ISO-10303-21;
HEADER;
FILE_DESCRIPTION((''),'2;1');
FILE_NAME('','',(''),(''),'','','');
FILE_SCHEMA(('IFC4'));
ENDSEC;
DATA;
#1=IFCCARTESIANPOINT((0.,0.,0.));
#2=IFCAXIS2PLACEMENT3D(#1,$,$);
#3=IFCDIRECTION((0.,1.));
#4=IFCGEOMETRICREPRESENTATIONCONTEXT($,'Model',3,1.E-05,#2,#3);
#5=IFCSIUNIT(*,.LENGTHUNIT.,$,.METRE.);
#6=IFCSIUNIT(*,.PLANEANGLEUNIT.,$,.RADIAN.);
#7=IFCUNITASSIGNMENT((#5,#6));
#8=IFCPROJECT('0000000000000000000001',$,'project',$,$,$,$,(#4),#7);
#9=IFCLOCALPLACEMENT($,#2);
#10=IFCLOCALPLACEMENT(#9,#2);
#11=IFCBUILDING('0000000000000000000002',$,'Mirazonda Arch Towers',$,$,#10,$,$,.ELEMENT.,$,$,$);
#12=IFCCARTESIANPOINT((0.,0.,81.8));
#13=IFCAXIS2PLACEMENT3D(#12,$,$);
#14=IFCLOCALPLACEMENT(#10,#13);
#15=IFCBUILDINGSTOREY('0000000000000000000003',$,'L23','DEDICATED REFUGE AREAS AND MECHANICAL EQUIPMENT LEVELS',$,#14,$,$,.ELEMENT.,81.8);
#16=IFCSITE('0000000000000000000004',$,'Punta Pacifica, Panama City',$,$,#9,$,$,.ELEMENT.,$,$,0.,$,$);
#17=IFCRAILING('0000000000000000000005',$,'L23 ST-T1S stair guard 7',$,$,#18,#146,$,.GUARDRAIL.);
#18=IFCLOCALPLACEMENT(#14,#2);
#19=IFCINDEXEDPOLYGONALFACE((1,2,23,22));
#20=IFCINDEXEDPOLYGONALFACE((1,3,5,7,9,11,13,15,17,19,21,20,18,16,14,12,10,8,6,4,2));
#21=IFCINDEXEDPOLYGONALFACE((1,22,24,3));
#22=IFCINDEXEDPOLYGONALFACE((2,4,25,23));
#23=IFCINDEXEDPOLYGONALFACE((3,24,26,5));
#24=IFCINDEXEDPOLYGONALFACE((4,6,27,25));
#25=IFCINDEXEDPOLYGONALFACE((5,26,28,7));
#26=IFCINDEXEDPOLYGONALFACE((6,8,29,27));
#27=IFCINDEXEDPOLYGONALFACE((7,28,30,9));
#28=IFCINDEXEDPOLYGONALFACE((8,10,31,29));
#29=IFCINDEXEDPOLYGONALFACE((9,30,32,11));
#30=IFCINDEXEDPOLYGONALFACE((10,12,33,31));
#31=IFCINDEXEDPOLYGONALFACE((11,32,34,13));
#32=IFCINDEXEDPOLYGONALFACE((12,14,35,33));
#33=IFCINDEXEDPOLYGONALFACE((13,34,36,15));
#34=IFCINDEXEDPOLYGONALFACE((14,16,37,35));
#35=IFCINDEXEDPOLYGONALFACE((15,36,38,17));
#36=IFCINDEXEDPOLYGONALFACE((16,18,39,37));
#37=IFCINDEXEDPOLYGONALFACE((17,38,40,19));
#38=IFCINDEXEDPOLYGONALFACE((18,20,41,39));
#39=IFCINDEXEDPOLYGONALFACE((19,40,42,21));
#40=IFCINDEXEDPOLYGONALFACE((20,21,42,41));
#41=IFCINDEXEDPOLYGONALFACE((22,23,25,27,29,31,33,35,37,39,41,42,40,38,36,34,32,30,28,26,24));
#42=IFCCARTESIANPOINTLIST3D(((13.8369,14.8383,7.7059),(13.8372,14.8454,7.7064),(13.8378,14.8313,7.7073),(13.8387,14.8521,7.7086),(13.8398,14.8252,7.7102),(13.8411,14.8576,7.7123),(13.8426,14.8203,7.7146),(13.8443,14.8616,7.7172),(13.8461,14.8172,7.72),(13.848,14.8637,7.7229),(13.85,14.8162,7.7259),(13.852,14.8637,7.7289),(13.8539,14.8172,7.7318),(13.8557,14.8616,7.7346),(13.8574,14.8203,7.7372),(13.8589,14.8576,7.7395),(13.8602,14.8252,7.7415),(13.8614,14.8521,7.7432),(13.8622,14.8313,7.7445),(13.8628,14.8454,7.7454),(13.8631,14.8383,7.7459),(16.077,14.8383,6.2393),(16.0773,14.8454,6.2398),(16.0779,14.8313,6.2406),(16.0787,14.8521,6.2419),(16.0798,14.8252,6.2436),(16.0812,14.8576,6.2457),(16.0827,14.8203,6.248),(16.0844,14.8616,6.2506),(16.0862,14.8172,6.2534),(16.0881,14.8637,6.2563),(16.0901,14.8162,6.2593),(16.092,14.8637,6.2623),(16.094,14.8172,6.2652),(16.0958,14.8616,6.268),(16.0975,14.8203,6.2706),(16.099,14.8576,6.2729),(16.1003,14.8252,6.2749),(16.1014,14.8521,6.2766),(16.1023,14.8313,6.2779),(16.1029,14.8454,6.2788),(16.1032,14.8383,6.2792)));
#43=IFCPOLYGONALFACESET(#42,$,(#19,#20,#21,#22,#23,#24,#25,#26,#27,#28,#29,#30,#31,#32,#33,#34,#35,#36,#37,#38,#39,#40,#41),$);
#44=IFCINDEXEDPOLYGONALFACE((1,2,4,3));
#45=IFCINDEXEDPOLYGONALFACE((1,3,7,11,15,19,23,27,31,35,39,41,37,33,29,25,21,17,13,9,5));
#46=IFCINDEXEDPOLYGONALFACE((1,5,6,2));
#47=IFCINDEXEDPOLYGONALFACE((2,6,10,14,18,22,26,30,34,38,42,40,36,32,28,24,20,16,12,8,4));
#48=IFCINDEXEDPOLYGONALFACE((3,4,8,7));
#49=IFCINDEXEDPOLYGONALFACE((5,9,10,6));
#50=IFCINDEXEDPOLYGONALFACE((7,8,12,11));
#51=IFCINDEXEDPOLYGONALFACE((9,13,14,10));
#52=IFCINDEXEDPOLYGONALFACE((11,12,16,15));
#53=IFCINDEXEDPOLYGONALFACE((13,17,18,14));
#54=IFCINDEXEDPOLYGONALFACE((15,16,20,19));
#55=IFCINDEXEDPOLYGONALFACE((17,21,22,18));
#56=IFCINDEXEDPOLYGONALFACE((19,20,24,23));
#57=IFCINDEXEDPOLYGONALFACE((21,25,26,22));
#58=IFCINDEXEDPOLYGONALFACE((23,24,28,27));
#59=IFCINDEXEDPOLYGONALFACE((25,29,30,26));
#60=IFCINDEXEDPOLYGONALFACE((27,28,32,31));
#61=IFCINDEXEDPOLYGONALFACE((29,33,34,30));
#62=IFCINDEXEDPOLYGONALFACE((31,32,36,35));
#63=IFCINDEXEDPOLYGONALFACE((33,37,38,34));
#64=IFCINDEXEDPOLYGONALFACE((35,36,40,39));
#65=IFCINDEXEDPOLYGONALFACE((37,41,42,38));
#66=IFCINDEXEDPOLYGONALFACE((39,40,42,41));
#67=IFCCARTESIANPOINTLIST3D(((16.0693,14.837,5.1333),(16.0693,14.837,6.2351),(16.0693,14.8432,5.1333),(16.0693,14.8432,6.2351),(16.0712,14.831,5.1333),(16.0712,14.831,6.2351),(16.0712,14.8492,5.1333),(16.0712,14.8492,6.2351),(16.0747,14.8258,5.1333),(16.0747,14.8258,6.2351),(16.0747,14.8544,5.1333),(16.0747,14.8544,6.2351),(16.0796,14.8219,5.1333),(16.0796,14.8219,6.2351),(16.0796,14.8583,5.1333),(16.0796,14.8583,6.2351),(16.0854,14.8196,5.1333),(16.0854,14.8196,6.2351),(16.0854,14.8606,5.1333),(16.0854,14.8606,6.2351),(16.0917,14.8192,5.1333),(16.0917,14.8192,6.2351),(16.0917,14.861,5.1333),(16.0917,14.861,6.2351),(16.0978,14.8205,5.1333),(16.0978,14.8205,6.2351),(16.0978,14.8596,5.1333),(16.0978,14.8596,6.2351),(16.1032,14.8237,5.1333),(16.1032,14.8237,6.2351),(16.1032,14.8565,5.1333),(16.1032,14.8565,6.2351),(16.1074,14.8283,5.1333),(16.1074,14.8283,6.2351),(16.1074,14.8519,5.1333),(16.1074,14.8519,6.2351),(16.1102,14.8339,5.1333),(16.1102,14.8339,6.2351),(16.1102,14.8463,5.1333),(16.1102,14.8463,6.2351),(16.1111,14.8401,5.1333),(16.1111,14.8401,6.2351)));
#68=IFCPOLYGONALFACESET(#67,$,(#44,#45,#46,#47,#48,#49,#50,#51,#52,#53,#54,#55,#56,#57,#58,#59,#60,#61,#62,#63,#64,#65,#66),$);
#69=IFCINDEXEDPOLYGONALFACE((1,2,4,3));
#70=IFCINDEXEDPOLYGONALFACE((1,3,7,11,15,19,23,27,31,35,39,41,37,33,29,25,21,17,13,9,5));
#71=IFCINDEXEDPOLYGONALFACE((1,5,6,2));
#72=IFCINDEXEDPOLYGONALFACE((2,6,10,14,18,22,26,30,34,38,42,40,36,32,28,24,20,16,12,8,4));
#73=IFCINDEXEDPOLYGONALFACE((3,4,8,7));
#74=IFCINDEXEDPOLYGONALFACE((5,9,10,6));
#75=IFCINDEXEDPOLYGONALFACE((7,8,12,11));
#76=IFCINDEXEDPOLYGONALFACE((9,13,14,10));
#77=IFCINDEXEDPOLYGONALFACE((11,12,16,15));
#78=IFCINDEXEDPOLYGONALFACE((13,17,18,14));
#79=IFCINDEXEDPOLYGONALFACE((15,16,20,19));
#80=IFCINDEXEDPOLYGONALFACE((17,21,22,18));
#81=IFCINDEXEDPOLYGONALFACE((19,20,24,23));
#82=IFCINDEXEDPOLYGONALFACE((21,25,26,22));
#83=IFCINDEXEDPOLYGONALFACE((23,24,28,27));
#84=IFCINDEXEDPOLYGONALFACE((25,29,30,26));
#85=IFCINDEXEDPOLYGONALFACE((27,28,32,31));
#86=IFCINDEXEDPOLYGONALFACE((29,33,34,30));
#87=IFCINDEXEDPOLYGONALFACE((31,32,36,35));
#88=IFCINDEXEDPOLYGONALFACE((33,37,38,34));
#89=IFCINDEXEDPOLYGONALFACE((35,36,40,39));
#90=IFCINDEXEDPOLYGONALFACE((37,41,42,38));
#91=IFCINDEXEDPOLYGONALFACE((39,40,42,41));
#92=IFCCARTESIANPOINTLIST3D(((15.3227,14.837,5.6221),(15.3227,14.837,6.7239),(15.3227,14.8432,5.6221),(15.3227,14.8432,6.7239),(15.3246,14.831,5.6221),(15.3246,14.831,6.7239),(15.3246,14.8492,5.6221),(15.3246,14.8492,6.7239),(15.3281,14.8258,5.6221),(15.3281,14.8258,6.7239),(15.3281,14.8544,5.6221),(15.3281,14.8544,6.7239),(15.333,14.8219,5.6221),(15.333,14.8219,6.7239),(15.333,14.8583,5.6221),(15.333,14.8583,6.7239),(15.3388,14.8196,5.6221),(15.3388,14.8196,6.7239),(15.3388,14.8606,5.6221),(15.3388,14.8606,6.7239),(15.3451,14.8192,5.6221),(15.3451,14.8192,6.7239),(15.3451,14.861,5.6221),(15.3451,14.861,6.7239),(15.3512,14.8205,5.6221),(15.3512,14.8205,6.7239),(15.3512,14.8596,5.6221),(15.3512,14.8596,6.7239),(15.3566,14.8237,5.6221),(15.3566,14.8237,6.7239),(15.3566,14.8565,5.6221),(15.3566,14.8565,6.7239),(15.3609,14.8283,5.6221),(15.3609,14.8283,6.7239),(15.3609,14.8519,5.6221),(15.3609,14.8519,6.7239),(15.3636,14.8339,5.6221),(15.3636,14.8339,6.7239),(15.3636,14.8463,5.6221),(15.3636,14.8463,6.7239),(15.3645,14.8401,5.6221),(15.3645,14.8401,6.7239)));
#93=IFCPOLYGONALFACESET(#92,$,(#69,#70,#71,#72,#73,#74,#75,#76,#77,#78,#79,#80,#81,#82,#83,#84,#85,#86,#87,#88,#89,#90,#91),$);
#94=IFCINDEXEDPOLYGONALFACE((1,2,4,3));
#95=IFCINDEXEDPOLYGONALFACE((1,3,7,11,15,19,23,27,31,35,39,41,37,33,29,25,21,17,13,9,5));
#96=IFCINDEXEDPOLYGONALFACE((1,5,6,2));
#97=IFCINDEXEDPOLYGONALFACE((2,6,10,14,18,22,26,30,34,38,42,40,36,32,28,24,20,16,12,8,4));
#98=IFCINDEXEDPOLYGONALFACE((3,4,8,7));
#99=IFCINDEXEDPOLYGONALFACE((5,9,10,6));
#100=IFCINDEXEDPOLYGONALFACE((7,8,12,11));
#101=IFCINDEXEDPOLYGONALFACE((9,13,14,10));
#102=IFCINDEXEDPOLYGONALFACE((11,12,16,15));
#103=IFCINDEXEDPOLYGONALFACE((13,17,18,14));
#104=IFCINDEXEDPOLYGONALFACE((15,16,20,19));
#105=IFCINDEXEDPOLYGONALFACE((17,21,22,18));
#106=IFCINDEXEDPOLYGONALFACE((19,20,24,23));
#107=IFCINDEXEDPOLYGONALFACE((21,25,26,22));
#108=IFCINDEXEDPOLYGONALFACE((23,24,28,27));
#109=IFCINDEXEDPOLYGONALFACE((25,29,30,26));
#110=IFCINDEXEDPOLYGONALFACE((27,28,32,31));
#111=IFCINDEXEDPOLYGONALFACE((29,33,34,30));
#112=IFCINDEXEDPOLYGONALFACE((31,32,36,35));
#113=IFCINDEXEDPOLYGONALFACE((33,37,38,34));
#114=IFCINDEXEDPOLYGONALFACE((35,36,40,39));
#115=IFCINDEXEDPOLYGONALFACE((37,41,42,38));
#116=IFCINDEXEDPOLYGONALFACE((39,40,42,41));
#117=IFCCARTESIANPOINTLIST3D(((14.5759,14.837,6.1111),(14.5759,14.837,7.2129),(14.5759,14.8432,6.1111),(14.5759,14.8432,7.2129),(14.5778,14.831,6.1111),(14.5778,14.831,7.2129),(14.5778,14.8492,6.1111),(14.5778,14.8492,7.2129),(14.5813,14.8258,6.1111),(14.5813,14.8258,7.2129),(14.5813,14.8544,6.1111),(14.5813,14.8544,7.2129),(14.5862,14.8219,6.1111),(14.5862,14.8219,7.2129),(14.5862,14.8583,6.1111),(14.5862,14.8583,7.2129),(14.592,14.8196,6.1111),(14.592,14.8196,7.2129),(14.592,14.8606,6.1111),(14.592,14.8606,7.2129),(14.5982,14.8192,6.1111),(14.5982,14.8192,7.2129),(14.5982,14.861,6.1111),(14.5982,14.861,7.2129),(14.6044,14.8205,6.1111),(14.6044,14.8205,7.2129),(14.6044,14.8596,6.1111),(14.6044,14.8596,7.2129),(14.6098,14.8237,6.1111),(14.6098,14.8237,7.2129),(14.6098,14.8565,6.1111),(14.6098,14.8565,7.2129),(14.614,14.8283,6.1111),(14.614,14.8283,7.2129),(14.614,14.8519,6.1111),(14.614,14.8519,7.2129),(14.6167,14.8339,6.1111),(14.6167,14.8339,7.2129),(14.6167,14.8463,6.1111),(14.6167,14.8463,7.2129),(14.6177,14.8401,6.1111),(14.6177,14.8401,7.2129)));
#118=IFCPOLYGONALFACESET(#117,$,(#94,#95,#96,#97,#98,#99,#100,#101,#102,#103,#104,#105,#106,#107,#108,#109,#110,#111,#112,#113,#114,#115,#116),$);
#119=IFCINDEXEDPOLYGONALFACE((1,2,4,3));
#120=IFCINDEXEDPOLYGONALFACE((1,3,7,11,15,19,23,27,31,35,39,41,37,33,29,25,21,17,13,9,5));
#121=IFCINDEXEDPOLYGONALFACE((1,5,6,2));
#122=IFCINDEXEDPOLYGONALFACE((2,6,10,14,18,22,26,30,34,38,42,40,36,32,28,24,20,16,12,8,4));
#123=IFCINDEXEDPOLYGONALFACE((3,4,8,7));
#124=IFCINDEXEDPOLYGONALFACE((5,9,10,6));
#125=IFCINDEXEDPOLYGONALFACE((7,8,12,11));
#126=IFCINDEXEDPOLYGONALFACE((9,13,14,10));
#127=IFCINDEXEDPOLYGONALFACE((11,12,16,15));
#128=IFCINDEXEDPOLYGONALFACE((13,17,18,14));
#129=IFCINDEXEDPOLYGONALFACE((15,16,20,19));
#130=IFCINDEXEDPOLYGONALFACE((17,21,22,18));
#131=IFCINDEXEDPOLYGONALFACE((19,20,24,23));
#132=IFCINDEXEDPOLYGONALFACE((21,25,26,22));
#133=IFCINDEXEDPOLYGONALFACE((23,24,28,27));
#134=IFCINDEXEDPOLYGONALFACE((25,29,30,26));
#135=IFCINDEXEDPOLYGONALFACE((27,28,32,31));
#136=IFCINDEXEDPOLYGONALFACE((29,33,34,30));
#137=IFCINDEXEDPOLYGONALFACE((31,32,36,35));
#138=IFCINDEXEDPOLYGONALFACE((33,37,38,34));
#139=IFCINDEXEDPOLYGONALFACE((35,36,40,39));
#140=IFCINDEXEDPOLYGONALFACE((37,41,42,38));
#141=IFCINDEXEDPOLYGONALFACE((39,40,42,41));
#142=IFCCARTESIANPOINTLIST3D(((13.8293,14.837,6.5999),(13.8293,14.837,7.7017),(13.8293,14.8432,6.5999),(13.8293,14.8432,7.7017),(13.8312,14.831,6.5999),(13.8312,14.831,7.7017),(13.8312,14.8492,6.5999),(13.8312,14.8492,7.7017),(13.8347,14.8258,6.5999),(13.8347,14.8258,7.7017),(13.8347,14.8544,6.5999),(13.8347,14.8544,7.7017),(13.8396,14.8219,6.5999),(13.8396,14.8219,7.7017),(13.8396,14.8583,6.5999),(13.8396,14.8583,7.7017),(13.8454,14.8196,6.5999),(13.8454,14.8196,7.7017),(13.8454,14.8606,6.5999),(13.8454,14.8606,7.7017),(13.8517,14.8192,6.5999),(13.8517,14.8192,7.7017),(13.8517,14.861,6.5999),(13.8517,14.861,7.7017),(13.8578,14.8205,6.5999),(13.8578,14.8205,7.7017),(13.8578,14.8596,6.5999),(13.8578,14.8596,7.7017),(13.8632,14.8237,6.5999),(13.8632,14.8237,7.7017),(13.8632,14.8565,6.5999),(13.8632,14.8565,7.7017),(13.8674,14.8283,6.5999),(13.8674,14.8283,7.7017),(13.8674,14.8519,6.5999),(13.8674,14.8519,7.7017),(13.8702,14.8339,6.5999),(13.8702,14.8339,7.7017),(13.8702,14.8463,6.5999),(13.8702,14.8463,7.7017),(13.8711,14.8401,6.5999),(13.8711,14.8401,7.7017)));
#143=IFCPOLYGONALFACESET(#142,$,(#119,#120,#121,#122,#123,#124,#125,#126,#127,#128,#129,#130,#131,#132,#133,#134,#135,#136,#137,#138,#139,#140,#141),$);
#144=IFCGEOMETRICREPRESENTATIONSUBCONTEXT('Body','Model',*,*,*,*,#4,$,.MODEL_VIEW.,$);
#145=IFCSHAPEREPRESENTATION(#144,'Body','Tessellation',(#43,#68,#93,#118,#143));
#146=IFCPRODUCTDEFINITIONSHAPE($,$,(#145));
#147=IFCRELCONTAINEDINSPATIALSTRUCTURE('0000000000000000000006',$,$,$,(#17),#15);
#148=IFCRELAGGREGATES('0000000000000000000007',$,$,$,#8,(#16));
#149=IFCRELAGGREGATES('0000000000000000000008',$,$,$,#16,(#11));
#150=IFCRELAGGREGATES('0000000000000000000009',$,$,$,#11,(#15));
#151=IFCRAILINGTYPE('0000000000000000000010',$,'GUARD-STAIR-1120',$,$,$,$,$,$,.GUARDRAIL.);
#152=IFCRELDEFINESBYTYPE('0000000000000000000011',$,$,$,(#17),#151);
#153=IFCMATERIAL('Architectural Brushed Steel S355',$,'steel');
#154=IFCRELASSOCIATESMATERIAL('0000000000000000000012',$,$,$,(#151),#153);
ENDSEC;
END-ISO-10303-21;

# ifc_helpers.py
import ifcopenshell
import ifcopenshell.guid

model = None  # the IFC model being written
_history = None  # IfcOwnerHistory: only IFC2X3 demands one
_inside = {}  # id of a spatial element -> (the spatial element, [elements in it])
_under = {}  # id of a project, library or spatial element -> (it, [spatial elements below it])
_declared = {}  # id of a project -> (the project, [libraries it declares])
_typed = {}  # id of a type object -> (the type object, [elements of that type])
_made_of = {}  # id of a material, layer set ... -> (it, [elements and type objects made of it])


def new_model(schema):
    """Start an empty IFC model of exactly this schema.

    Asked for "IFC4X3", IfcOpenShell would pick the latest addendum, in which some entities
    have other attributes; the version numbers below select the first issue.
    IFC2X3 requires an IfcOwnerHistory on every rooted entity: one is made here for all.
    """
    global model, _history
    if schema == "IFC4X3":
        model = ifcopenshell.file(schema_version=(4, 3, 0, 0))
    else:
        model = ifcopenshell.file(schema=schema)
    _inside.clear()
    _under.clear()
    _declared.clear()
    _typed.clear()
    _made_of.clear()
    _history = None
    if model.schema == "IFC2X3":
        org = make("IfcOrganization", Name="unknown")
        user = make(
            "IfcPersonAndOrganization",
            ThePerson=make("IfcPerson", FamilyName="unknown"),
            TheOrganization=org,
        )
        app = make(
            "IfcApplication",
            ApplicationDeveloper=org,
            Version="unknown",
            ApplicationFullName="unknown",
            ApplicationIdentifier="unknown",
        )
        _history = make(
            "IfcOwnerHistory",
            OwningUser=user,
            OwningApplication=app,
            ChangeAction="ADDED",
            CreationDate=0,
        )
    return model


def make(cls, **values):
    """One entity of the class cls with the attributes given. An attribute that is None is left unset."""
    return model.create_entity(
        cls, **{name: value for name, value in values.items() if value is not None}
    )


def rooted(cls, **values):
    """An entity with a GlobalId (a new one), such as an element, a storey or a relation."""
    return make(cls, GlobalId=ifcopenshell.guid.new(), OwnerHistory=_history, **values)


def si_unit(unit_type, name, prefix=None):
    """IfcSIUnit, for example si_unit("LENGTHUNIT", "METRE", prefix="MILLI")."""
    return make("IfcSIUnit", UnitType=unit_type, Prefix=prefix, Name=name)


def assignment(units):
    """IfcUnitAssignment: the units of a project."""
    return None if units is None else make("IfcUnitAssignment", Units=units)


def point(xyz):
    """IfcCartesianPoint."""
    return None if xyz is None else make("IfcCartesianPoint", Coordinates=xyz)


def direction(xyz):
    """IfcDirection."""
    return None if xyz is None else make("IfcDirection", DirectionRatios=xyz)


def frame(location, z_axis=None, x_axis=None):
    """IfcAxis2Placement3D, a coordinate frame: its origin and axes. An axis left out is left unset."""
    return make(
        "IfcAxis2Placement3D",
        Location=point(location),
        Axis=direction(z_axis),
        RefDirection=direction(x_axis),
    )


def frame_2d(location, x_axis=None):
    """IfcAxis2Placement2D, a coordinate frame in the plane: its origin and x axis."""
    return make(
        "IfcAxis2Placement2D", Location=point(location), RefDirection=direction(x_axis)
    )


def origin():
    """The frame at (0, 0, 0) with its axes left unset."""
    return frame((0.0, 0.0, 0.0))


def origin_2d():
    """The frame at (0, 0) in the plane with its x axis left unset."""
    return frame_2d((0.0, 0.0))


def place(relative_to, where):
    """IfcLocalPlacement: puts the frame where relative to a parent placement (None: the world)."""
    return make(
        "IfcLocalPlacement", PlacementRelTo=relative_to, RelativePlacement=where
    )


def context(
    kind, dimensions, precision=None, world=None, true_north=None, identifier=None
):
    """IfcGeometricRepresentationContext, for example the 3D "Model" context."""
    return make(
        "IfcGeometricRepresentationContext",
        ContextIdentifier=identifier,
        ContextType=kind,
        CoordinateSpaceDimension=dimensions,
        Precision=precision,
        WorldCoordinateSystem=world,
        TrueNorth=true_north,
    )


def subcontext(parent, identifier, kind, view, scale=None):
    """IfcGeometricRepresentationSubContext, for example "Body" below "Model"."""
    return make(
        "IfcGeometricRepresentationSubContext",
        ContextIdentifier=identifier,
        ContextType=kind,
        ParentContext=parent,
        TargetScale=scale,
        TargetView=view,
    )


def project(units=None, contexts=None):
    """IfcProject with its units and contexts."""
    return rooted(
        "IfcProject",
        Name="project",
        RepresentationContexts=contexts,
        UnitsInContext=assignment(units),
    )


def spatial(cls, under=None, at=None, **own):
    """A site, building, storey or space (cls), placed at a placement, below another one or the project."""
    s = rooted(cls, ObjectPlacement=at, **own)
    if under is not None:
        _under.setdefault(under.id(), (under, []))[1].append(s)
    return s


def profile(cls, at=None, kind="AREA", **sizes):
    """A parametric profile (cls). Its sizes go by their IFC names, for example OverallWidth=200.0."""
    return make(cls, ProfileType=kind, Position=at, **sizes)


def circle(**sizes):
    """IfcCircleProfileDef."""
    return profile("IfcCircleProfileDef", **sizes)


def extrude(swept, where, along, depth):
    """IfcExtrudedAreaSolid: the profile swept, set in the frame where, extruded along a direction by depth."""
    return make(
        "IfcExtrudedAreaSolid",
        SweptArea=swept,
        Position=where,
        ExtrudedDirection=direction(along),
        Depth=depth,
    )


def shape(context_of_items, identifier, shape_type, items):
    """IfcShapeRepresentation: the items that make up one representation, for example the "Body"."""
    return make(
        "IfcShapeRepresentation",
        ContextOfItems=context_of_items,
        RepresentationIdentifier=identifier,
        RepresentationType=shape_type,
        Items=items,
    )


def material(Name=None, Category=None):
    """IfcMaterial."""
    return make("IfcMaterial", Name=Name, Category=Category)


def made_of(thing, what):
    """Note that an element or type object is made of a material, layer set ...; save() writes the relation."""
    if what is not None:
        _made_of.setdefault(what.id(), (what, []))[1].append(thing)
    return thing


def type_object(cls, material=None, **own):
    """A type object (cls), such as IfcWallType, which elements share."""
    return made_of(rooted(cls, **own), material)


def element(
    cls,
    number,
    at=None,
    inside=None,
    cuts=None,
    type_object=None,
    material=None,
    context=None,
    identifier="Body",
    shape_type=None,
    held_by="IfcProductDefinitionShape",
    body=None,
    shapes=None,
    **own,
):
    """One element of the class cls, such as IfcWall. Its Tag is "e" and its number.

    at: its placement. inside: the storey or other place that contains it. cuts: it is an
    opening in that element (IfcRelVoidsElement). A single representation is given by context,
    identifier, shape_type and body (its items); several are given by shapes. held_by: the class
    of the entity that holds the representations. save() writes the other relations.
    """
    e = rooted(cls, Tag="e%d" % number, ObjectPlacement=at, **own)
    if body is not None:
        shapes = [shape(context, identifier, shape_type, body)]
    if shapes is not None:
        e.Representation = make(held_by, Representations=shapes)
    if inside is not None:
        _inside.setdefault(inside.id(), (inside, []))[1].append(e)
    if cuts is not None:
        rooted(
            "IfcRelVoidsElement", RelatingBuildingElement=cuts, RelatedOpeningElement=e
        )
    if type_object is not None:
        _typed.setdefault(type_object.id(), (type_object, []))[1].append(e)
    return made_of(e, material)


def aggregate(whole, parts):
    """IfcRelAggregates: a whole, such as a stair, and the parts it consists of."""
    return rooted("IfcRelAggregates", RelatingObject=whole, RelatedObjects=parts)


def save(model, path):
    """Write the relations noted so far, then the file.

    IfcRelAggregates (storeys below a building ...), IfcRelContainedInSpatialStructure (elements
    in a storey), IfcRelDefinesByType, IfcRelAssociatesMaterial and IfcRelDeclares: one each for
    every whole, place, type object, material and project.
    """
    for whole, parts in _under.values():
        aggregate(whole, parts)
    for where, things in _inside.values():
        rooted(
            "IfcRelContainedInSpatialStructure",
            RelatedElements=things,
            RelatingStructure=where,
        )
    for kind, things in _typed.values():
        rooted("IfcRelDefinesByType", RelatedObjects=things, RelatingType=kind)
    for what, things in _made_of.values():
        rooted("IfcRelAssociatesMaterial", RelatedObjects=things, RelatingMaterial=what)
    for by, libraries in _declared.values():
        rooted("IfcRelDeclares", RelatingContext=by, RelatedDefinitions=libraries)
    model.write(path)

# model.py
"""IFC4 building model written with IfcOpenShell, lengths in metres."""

from ifc_helpers import new_model, si_unit, direction, frame, origin, origin_2d, place, context, subcontext, project, spatial, circle, extrude, material, type_object, element, save


model = new_model("IFC4")

# Units and contexts
model_context = context("Model", 3, precision=1e-05, world=origin(), true_north=direction((0.0, 1.0)))
body_context = subcontext(model_context, "Body", "Model", "MODEL_VIEW")
ifc_project = project(units=[si_unit("LENGTHUNIT", "METRE"), si_unit("PLANEANGLEUNIT", "RADIAN")], contexts=[model_context])

# Site, building, storey
site_placement = place(None, origin())
site = spatial("IfcSite", under=ifc_project, at=site_placement, Name="Punta Pacifica, Panama City", CompositionType="ELEMENT", RefElevation=0.0)
building_placement = place(site_placement, origin())
building = spatial("IfcBuilding", under=site, at=building_placement, Name="Mirazonda Arch Towers", CompositionType="ELEMENT")
storey_placement = place(building_placement, frame((0.0, 0.0, 81.8)))
storey = spatial("IfcBuildingStorey", under=building, at=storey_placement, Name="L23", Description="DEDICATED REFUGE AREAS AND MECHANICAL EQUIPMENT LEVELS", CompositionType="ELEMENT", Elevation=81.8)

# Shared definitions
ifc_material_1 = material(Name="Architectural Brushed Steel S355", Category="steel")

# Railing
railing_type_1 = type_object("IfcRailingType", Name="GUARD-STAIR-1120", PredefinedType="GUARDRAIL", material=ifc_material_1)
railing_1_placement = place(storey_placement, frame((16.0901, 14.8401, 5.1333)))
element("IfcRailing", 1, at=railing_1_placement, inside=storey, type_object=railing_type_1, Name="L23 ST-T1S stair guard 7", PredefinedType="GUARDRAIL", context=body_context, shape_type="SweptSolid", body=[
    extrude(circle(Radius=0.0239, at=origin_2d()), frame((0.0, 0.0, 1.126), z_axis=(-0.836637, 0.0, 0.547758), x_axis=(0.0, -1.0, 0.0)), (0.0, 0.0, 1.0), 2.6775),
    extrude(circle(Radius=0.021, at=origin_2d()), origin(), (0.0, 0.0, 1.0), 1.1018),
    extrude(circle(Radius=0.021, at=origin_2d()), frame((-0.7466, 0.0, 0.4888)), (0.0, 0.0, 1.0), 1.1018),
    extrude(circle(Radius=0.021, at=origin_2d()), frame((-1.4934, 0.0, 0.9778)), (0.0, 0.0, 1.0), 1.1018),
    extrude(circle(Radius=0.021, at=origin_2d()), frame((-2.24, 0.0, 1.4666)), (0.0, 0.0, 1.0), 1.1018),
])

save(model, "model.ifc")
